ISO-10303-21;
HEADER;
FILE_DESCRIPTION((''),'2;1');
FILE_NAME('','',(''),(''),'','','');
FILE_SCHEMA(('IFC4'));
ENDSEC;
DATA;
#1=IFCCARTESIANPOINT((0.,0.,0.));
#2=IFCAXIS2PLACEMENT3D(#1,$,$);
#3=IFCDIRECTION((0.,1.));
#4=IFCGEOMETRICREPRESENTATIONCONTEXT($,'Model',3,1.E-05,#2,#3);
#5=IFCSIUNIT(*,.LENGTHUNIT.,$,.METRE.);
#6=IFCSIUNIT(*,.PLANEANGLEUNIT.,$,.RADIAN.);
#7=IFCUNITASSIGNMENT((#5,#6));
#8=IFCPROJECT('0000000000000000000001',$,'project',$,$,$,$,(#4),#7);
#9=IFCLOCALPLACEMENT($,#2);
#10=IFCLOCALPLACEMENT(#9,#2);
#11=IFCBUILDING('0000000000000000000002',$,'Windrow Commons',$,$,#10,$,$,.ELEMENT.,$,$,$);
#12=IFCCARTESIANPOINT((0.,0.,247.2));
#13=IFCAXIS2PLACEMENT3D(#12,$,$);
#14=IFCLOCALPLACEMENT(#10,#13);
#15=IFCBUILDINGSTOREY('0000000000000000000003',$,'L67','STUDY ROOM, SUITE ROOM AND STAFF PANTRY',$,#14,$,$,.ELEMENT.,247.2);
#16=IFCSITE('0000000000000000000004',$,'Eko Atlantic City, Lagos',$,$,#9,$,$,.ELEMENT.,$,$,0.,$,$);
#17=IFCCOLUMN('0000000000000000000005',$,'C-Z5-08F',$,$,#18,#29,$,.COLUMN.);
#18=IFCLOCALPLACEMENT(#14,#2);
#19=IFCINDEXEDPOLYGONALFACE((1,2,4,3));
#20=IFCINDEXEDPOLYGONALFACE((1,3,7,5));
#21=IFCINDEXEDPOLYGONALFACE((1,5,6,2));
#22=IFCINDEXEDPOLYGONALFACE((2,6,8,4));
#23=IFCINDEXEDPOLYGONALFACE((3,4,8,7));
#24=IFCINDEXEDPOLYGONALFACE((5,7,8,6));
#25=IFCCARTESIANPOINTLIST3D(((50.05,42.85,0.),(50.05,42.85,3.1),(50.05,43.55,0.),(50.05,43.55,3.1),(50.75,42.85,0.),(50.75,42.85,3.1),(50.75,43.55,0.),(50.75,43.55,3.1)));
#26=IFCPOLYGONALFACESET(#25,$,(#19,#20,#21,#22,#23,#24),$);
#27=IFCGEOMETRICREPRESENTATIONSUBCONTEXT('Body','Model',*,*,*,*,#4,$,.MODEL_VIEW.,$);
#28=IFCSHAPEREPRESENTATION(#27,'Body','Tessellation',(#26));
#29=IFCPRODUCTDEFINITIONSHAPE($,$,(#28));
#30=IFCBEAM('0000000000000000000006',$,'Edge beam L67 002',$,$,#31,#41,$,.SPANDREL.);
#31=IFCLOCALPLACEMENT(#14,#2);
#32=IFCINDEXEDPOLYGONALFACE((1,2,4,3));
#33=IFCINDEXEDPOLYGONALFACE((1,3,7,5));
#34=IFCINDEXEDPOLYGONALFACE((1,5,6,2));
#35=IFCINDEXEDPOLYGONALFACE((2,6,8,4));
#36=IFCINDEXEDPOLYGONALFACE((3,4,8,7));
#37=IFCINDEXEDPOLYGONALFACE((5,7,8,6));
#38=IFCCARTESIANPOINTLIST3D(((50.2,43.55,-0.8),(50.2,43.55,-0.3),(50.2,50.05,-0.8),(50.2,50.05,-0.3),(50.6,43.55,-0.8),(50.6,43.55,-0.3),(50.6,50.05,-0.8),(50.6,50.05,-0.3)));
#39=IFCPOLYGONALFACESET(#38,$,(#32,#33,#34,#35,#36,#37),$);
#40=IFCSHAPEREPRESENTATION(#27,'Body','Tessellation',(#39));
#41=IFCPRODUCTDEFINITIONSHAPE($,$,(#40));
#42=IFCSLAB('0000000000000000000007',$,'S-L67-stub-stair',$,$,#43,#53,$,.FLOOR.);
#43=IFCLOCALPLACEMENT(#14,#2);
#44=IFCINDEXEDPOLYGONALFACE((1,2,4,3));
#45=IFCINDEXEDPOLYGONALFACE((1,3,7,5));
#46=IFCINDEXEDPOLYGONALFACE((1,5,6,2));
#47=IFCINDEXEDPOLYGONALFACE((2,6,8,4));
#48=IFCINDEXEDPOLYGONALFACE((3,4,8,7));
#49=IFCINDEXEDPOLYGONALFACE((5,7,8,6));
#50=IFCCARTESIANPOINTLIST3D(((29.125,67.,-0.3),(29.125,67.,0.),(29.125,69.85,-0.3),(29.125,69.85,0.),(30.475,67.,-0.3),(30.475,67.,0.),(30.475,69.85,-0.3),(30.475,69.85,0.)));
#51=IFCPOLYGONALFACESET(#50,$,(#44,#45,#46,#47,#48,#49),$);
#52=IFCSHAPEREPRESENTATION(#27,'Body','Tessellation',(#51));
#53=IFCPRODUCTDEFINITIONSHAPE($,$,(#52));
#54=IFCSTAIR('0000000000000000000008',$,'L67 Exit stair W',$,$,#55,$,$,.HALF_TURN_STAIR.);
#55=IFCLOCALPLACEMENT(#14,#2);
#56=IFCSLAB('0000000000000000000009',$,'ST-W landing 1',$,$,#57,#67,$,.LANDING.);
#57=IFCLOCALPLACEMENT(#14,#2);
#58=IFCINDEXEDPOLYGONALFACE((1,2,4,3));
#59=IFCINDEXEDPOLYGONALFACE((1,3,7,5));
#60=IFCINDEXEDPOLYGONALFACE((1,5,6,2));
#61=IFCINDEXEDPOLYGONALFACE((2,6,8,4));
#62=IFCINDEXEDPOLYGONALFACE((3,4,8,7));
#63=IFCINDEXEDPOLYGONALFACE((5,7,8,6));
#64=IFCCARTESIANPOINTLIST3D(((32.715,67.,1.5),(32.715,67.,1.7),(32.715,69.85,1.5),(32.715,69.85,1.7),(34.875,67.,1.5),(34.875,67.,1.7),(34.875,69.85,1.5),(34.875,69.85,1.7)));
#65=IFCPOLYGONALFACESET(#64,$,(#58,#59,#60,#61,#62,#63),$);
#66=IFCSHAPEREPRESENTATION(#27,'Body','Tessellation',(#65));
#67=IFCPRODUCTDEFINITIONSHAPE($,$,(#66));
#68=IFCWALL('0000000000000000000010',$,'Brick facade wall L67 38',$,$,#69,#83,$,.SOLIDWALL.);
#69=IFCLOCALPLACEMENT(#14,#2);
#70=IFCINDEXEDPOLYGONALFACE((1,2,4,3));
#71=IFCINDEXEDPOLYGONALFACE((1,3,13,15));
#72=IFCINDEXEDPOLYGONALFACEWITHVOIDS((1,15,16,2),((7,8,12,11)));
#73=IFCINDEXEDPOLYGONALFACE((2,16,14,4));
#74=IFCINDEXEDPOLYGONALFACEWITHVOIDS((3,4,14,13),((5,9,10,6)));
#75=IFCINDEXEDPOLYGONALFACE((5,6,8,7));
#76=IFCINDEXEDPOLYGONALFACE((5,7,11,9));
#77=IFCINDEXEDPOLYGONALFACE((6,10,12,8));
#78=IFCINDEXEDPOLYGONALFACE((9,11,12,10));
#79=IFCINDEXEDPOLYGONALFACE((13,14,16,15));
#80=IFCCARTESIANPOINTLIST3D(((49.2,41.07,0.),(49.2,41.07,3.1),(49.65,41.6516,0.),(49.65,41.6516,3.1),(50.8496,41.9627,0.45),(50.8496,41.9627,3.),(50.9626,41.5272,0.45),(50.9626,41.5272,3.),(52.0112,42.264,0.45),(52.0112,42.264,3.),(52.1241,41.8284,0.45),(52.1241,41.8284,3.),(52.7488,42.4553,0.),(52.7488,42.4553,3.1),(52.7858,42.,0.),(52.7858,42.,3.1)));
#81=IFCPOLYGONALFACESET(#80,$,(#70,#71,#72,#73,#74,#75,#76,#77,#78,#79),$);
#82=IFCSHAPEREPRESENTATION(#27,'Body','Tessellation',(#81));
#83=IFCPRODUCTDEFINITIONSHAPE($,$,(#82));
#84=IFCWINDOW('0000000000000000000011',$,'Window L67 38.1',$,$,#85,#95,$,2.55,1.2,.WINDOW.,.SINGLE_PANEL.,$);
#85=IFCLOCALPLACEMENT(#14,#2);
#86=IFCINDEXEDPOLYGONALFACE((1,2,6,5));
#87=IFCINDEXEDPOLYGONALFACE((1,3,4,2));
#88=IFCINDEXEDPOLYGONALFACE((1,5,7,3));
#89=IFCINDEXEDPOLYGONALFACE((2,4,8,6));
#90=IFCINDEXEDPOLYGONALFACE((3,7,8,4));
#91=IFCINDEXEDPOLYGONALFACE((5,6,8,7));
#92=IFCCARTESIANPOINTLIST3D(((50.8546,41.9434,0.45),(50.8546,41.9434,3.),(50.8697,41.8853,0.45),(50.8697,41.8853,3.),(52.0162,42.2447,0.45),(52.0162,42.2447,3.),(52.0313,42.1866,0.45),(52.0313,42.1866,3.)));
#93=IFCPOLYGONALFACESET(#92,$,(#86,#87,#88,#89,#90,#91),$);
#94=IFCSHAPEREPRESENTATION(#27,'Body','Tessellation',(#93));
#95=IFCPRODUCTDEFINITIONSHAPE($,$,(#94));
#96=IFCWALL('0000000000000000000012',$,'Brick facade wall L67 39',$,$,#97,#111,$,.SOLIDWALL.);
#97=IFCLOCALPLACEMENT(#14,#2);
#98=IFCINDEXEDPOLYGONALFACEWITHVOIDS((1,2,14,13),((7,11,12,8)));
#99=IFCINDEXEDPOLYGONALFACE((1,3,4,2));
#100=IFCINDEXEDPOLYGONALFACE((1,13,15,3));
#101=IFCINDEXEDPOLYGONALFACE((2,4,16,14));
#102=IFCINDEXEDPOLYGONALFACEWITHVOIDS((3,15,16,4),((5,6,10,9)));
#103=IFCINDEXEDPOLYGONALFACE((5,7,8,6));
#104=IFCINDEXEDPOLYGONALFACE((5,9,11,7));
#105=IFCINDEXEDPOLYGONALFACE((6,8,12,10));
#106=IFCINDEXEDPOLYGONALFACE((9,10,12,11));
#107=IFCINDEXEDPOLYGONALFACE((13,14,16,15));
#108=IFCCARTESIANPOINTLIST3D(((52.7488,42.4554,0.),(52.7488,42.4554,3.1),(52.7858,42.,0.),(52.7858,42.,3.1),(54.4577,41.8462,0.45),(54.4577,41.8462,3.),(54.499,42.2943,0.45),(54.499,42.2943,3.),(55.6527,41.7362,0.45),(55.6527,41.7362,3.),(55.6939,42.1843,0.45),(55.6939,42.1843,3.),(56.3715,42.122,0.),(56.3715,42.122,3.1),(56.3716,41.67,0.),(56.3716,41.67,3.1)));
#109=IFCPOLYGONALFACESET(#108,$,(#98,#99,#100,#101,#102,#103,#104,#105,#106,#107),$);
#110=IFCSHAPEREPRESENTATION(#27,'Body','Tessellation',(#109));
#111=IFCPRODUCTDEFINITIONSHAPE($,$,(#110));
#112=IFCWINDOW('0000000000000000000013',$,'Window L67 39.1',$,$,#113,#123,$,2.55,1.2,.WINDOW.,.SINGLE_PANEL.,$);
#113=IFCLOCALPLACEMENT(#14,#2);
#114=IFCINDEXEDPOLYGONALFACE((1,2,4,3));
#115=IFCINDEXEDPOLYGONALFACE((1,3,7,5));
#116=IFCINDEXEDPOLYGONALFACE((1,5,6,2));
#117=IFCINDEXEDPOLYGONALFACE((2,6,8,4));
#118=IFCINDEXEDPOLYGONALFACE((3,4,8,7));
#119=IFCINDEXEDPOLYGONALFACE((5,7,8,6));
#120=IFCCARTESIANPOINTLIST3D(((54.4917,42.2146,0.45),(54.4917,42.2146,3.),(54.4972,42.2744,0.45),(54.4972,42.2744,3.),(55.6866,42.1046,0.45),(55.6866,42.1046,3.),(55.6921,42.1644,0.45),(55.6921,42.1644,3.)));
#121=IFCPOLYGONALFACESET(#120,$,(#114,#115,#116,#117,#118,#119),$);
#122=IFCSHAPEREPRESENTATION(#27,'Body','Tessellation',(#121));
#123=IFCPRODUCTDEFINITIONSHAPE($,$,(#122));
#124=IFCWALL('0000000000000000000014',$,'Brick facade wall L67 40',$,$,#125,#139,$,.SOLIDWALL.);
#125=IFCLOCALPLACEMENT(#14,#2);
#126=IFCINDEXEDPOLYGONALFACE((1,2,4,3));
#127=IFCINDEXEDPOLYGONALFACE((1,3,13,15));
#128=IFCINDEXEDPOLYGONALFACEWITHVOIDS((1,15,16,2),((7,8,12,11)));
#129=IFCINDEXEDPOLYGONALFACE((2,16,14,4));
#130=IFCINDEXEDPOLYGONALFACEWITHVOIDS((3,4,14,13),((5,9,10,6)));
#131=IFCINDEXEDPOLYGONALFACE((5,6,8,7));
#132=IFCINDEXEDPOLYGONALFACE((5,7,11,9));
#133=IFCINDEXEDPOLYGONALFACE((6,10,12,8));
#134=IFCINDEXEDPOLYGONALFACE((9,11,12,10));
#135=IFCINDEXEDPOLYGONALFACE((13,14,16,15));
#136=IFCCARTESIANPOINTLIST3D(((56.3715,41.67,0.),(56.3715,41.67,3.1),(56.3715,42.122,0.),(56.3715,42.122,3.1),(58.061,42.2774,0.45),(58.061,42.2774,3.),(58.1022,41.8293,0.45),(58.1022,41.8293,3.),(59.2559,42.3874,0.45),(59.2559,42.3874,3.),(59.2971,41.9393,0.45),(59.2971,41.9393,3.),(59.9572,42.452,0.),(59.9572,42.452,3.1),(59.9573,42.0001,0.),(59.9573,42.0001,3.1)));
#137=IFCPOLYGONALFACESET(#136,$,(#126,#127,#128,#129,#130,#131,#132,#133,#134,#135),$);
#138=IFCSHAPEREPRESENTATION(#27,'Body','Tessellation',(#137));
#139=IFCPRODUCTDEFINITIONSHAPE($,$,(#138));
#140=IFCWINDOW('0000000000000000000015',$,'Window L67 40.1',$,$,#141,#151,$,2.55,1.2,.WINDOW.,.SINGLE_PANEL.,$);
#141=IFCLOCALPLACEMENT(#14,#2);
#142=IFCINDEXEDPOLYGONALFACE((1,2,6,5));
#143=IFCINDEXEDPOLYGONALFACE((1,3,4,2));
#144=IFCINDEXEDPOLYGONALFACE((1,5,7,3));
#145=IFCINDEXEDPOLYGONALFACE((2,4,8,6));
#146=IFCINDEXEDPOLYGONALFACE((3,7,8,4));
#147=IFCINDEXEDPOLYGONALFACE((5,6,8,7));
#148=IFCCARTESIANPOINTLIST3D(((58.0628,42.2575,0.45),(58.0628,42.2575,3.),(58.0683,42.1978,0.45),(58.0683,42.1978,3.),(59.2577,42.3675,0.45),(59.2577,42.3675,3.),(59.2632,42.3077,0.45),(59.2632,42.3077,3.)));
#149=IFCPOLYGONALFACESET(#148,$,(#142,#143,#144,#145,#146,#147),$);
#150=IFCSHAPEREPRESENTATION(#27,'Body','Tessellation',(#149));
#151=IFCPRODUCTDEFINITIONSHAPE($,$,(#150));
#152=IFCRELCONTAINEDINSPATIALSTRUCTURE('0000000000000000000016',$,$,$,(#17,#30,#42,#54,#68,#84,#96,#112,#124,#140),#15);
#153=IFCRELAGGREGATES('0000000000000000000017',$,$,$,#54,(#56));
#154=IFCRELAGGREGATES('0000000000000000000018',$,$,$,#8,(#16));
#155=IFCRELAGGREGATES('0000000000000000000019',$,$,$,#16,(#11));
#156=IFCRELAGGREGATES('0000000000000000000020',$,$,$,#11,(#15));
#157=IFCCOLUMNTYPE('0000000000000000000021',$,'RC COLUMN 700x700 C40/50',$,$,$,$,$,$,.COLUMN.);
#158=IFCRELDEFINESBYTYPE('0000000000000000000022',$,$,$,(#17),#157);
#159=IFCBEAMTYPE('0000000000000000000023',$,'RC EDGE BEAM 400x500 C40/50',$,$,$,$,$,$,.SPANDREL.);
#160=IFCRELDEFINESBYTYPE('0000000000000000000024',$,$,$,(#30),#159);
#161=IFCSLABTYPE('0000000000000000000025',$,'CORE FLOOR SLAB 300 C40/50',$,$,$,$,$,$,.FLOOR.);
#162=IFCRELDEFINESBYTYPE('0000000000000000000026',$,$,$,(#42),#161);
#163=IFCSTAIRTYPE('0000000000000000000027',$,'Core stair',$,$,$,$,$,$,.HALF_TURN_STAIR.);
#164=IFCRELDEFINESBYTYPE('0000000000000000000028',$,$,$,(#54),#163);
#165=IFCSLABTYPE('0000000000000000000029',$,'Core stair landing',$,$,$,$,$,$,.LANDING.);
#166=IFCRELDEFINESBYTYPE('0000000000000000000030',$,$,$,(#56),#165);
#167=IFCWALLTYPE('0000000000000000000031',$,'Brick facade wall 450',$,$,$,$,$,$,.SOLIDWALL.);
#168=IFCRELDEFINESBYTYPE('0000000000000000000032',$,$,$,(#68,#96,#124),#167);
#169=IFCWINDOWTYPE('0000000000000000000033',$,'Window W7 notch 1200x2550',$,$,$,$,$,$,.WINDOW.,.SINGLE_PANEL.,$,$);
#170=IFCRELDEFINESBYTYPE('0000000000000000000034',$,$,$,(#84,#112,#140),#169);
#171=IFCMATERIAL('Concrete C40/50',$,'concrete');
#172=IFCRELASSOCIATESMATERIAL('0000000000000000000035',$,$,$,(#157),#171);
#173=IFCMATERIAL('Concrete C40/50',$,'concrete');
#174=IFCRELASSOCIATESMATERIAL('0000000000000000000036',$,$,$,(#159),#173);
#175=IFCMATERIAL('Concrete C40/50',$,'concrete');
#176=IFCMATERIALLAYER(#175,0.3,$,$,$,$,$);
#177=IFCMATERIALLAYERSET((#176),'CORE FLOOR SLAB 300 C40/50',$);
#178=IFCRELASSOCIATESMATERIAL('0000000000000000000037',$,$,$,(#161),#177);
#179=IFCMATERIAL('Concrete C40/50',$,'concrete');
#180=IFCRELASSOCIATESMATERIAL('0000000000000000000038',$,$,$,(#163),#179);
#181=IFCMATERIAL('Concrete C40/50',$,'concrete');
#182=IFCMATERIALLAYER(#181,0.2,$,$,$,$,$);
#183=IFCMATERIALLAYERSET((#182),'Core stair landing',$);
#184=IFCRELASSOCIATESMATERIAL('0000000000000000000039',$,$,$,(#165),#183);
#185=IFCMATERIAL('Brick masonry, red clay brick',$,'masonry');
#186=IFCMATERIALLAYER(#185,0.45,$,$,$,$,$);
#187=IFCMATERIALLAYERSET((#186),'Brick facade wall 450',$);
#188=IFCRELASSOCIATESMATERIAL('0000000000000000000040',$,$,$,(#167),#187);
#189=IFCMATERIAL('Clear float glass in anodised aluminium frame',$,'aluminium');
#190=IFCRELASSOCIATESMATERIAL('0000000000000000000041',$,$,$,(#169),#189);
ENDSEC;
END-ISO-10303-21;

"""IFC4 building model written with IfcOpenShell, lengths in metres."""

from ifc_helpers import new_model, si_unit, direction, frame, frame_2d, origin, origin_2d, place, context, subcontext, project, spatial, polyline, rectangle, outline, extrude, material, layer, layer_set, material_profile, profile_set, type_object, element, fill, aggregate, save


model = new_model("IFC4")

# Units and contexts
model_context = context("Model", 3, precision=1e-05, world=origin(), true_north=direction((0.0, 1.0)))
body_context = subcontext(model_context, "Body", "Model", "MODEL_VIEW")
ifc_project = project(units=[si_unit("LENGTHUNIT", "METRE"), si_unit("PLANEANGLEUNIT", "RADIAN")], contexts=[model_context])

# Site, building, storey
site_placement = place(None, origin())
site = spatial("IfcSite", under=ifc_project, at=site_placement, Name="Eko Atlantic City, Lagos", CompositionType="ELEMENT", RefElevation=0.0)
building_placement = place(site_placement, origin())
building = spatial("IfcBuilding", under=site, at=building_placement, Name="Windrow Commons", CompositionType="ELEMENT")
storey_placement = place(building_placement, frame((0.0, 0.0, 247.2)))
storey = spatial("IfcBuildingStorey", under=building, at=storey_placement, Name="L67", Description="STUDY ROOM, SUITE ROOM AND STAFF PANTRY", CompositionType="ELEMENT", Elevation=247.2)

# Column
ifc_material_1 = material(Name="Concrete C40/50", Category="concrete")
ifc_material_profile_1 = material_profile(ifc_material_1, rectangle(XDim=0.7, YDim=0.7, at=origin_2d()))
ifc_profile_set_1 = profile_set([ifc_material_profile_1], Name="Concrete C40/50")
column_type = type_object("IfcColumnType", Name="RC COLUMN 700x700 C40/50", PredefinedType="COLUMN", material=ifc_profile_set_1)
column_placement = place(storey_placement, frame((50.4, 43.2, 0.0), z_axis=(0.0, 0.0, 1.0), x_axis=(1.0, 0.0, 0.0)))
element("IfcColumn", 1, at=column_placement, inside=storey, type_object=column_type, Name="C-Z5-08F", PredefinedType="COLUMN", context=body_context, shape_type="SweptSolid", body=[
    extrude(rectangle(XDim=0.7, YDim=0.7, at=origin_2d()), origin(), (0.0, 0.0, 1.0), 3.1),
])

# Beam
ifc_material_2 = material(Name="Concrete C40/50", Category="concrete")
ifc_material_profile_2 = material_profile(ifc_material_2, rectangle(XDim=0.4, YDim=0.5, at=origin_2d()))
ifc_profile_set_2 = profile_set([ifc_material_profile_2], Name="Concrete C40/50")
beam_type = type_object("IfcBeamType", Name="RC EDGE BEAM 400x500 C40/50", PredefinedType="SPANDREL", material=ifc_profile_set_2)
beam_placement = place(storey_placement, frame((50.4, 43.55, -0.55), z_axis=(0.0, 1.0, 0.0), x_axis=(-1.0, 0.0, 0.0)))
element("IfcBeam", 2, at=beam_placement, inside=storey, type_object=beam_type, Name="Edge beam L67 002", PredefinedType="SPANDREL", context=body_context, shape_type="SweptSolid", body=[
    extrude(rectangle(XDim=0.4, YDim=0.5, at=origin_2d()), origin(), (0.0, 0.0, 1.0), 6.5),
])

# Slab
ifc_material_3 = material(Name="Concrete C40/50", Category="concrete")
ifc_layer_1 = layer(ifc_material_3, 0.3)
ifc_layer_set_1 = layer_set([ifc_layer_1], Name="CORE FLOOR SLAB 300 C40/50")
slab_type_1 = type_object("IfcSlabType", Name="CORE FLOOR SLAB 300 C40/50", PredefinedType="FLOOR", material=ifc_layer_set_1)
slab_1_placement = place(storey_placement, frame((0.0, 0.0, -0.3)))
element("IfcSlab", 3, at=slab_1_placement, inside=storey, type_object=slab_type_1, Name="S-L67-stub-stair", PredefinedType="FLOOR", context=body_context, shape_type="SweptSolid", body=[
    extrude(outline(polyline([(29.125, 67.0), (30.475, 67.0), (30.475, 69.85), (29.125, 69.85), (29.125, 67.0)])), origin(), (0.0, 0.0, 1.0), 0.3),
])

# Stair, slab
ifc_material_4 = material(Name="Concrete C40/50", Category="concrete")
stair_type = type_object("IfcStairType", Name="Core stair", PredefinedType="HALF_TURN_STAIR", material=ifc_material_4)
stair_placement = place(storey_placement, origin())
stair = element("IfcStair", 4, at=stair_placement, inside=storey, type_object=stair_type, Name="L67 Exit stair W", PredefinedType="HALF_TURN_STAIR")
ifc_material_5 = material(Name="Concrete C40/50", Category="concrete")
ifc_layer_2 = layer(ifc_material_5, 0.2)
ifc_layer_set_2 = layer_set([ifc_layer_2], Name="Core stair landing")
slab_type_2 = type_object("IfcSlabType", Name="Core stair landing", PredefinedType="LANDING", material=ifc_layer_set_2)
slab_2_placement = place(storey_placement, frame((0.0, 0.0, 1.5)))
slab_2 = element("IfcSlab", 5, at=slab_2_placement, type_object=slab_type_2, Name="ST-W landing 1", PredefinedType="LANDING", context=body_context, shape_type="SweptSolid", body=[
    extrude(outline(polyline([(32.715, 67.0), (34.875, 67.0), (34.875, 69.85), (32.715, 69.85), (32.715, 67.0)])), origin(), (0.0, 0.0, 1.0), 0.2),
])
aggregate(stair, [slab_2])

# Walls, openings, windows
ifc_material_6 = material(Name="Brick masonry, red clay brick", Category="masonry")
ifc_layer_3 = layer(ifc_material_6, 0.45)
ifc_layer_set_3 = layer_set([ifc_layer_3], Name="Brick facade wall 450")
wall_type_1 = type_object("IfcWallType", Name="Brick facade wall 450", PredefinedType="SOLIDWALL", material=ifc_layer_set_3)
wall_1_placement = place(storey_placement, frame((49.425, 41.3608, 0.0), z_axis=(0.0, 0.0, 1.0), x_axis=(0.96797, 0.251065, 0.0)))
wall_1 = element("IfcWall", 6, at=wall_1_placement, inside=storey, type_object=wall_type_1, Name="Brick facade wall L67 38", PredefinedType="SOLIDWALL", context=body_context, shape_type="SweptSolid", body=[
    extrude(outline(polyline([(-0.2908, -0.225), (3.4136, -0.225), (3.4921, 0.225), (0.2908, 0.225), (-0.2908, -0.225)])), origin(), (0.0, 0.0, 1.0), 3.1),
])
opening_1_placement = place(wall_1_placement, frame((1.5301, 0.0, 0.45)))
opening_1 = element("IfcOpeningElement", 7, at=opening_1_placement, cuts=wall_1, PredefinedType="OPENING", context=body_context, shape_type="SweptSolid", body=[
    extrude(rectangle(XDim=1.2, YDim=2.55, at=frame_2d((0.6, 1.275))), frame((0.0, 0.235, 0.0), z_axis=(0.0, -1.0, 0.0), x_axis=(1.0, 0.0, 0.0)), (0.0, 0.0, 1.0), 0.47),
])
ifc_material_7 = material(Name="Clear float glass in anodised aluminium frame", Category="aluminium")
window_type = type_object("IfcWindowType", Name="Window W7 notch 1200x2550", PartitioningType="SINGLE_PANEL", PredefinedType="WINDOW", material=ifc_material_7)
window_1_placement = place(opening_1_placement, origin())
window_1 = element("IfcWindow", 8, at=window_1_placement, inside=storey, type_object=window_type, Name="Window L67 38.1", OverallHeight=2.55, OverallWidth=1.2, PartitioningType="SINGLE_PANEL", PredefinedType="WINDOW", context=body_context, shape_type="SweptSolid", body=[
    extrude(rectangle(XDim=1.2, YDim=2.55, at=frame_2d((0.6, 1.275))), frame((0.0, 0.205, 0.0), z_axis=(0.0, -1.0, 0.0), x_axis=(1.0, 0.0, 0.0)), (0.0, 0.0, 1.0), 0.06),
])
fill(opening_1, window_1)
wall_2_placement = place(storey_placement, frame((52.7673, 42.2277, 0.0), z_axis=(0.0, 0.0, 1.0), x_axis=(0.995792, -0.091644, 0.0)))
wall_2 = element("IfcWall", 9, at=wall_2_placement, inside=storey, type_object=wall_type_1, Name="Brick facade wall L67 39", PredefinedType="SOLIDWALL", context=body_context, shape_type="SweptSolid", body=[
    extrude(outline(polyline([(0.0393, -0.225), (3.6402, -0.225), (3.5987, 0.225), (-0.0393, 0.225), (0.0393, -0.225)])), origin(), (0.0, 0.0, 1.0), 3.1),
])
opening_2_placement = place(wall_2_placement, frame((1.7183, 0.0, 0.45)))
opening_2 = element("IfcOpeningElement", 10, at=opening_2_placement, cuts=wall_2, PredefinedType="OPENING", context=body_context, shape_type="SweptSolid", body=[
    extrude(rectangle(XDim=1.2, YDim=2.55, at=frame_2d((0.6, 1.275))), frame((0.0, 0.235, 0.0), z_axis=(0.0, -1.0, 0.0), x_axis=(1.0, 0.0, 0.0)), (0.0, 0.0, 1.0), 0.47),
])
window_2_placement = place(opening_2_placement, origin())
window_2 = element("IfcWindow", 11, at=window_2_placement, inside=storey, type_object=window_type, Name="Window L67 39.1", OverallHeight=2.55, OverallWidth=1.2, PartitioningType="SINGLE_PANEL", PredefinedType="WINDOW", context=body_context, shape_type="SweptSolid", body=[
    extrude(rectangle(XDim=1.2, YDim=2.55, at=frame_2d((0.6, 1.275))), frame((0.0, 0.205, 0.0), z_axis=(0.0, -1.0, 0.0), x_axis=(1.0, 0.0, 0.0)), (0.0, 0.0, 1.0), 0.06),
])
fill(opening_2, window_2)
wall_3_placement = place(storey_placement, frame((56.3715, 41.896, 0.0), z_axis=(0.0, 0.0, 1.0), x_axis=(0.995792, 0.091645, 0.0)))
wall_3 = element("IfcWall", 12, at=wall_3_placement, inside=storey, type_object=wall_type_1, Name="Brick facade wall L67 40", PredefinedType="SOLIDWALL", context=body_context, shape_type="SweptSolid", body=[
    extrude(outline(polyline([(-0.0207, -0.225), (3.5802, -0.225), (3.6216, 0.225), (0.0207, 0.225), (-0.0207, -0.225)])), origin(), (0.0, 0.0, 1.0), 3.1),
])
opening_3_placement = place(wall_3_placement, frame((1.7173, 0.0, 0.45)))
opening_3 = element("IfcOpeningElement", 13, at=opening_3_placement, cuts=wall_3, PredefinedType="OPENING", context=body_context, shape_type="SweptSolid", body=[
    extrude(rectangle(XDim=1.2, YDim=2.55, at=frame_2d((0.6, 1.275))), frame((0.0, 0.235, 0.0), z_axis=(0.0, -1.0, 0.0), x_axis=(1.0, 0.0, 0.0)), (0.0, 0.0, 1.0), 0.47),
])
window_3_placement = place(opening_3_placement, origin())
window_3 = element("IfcWindow", 14, at=window_3_placement, inside=storey, type_object=window_type, Name="Window L67 40.1", OverallHeight=2.55, OverallWidth=1.2, PartitioningType="SINGLE_PANEL", PredefinedType="WINDOW", context=body_context, shape_type="SweptSolid", body=[
    extrude(rectangle(XDim=1.2, YDim=2.55, at=frame_2d((0.6, 1.275))), frame((0.0, 0.205, 0.0), z_axis=(0.0, -1.0, 0.0), x_axis=(1.0, 0.0, 0.0)), (0.0, 0.0, 1.0), 0.06),
])
fill(opening_3, window_3)

save(model, "model.ifc")
